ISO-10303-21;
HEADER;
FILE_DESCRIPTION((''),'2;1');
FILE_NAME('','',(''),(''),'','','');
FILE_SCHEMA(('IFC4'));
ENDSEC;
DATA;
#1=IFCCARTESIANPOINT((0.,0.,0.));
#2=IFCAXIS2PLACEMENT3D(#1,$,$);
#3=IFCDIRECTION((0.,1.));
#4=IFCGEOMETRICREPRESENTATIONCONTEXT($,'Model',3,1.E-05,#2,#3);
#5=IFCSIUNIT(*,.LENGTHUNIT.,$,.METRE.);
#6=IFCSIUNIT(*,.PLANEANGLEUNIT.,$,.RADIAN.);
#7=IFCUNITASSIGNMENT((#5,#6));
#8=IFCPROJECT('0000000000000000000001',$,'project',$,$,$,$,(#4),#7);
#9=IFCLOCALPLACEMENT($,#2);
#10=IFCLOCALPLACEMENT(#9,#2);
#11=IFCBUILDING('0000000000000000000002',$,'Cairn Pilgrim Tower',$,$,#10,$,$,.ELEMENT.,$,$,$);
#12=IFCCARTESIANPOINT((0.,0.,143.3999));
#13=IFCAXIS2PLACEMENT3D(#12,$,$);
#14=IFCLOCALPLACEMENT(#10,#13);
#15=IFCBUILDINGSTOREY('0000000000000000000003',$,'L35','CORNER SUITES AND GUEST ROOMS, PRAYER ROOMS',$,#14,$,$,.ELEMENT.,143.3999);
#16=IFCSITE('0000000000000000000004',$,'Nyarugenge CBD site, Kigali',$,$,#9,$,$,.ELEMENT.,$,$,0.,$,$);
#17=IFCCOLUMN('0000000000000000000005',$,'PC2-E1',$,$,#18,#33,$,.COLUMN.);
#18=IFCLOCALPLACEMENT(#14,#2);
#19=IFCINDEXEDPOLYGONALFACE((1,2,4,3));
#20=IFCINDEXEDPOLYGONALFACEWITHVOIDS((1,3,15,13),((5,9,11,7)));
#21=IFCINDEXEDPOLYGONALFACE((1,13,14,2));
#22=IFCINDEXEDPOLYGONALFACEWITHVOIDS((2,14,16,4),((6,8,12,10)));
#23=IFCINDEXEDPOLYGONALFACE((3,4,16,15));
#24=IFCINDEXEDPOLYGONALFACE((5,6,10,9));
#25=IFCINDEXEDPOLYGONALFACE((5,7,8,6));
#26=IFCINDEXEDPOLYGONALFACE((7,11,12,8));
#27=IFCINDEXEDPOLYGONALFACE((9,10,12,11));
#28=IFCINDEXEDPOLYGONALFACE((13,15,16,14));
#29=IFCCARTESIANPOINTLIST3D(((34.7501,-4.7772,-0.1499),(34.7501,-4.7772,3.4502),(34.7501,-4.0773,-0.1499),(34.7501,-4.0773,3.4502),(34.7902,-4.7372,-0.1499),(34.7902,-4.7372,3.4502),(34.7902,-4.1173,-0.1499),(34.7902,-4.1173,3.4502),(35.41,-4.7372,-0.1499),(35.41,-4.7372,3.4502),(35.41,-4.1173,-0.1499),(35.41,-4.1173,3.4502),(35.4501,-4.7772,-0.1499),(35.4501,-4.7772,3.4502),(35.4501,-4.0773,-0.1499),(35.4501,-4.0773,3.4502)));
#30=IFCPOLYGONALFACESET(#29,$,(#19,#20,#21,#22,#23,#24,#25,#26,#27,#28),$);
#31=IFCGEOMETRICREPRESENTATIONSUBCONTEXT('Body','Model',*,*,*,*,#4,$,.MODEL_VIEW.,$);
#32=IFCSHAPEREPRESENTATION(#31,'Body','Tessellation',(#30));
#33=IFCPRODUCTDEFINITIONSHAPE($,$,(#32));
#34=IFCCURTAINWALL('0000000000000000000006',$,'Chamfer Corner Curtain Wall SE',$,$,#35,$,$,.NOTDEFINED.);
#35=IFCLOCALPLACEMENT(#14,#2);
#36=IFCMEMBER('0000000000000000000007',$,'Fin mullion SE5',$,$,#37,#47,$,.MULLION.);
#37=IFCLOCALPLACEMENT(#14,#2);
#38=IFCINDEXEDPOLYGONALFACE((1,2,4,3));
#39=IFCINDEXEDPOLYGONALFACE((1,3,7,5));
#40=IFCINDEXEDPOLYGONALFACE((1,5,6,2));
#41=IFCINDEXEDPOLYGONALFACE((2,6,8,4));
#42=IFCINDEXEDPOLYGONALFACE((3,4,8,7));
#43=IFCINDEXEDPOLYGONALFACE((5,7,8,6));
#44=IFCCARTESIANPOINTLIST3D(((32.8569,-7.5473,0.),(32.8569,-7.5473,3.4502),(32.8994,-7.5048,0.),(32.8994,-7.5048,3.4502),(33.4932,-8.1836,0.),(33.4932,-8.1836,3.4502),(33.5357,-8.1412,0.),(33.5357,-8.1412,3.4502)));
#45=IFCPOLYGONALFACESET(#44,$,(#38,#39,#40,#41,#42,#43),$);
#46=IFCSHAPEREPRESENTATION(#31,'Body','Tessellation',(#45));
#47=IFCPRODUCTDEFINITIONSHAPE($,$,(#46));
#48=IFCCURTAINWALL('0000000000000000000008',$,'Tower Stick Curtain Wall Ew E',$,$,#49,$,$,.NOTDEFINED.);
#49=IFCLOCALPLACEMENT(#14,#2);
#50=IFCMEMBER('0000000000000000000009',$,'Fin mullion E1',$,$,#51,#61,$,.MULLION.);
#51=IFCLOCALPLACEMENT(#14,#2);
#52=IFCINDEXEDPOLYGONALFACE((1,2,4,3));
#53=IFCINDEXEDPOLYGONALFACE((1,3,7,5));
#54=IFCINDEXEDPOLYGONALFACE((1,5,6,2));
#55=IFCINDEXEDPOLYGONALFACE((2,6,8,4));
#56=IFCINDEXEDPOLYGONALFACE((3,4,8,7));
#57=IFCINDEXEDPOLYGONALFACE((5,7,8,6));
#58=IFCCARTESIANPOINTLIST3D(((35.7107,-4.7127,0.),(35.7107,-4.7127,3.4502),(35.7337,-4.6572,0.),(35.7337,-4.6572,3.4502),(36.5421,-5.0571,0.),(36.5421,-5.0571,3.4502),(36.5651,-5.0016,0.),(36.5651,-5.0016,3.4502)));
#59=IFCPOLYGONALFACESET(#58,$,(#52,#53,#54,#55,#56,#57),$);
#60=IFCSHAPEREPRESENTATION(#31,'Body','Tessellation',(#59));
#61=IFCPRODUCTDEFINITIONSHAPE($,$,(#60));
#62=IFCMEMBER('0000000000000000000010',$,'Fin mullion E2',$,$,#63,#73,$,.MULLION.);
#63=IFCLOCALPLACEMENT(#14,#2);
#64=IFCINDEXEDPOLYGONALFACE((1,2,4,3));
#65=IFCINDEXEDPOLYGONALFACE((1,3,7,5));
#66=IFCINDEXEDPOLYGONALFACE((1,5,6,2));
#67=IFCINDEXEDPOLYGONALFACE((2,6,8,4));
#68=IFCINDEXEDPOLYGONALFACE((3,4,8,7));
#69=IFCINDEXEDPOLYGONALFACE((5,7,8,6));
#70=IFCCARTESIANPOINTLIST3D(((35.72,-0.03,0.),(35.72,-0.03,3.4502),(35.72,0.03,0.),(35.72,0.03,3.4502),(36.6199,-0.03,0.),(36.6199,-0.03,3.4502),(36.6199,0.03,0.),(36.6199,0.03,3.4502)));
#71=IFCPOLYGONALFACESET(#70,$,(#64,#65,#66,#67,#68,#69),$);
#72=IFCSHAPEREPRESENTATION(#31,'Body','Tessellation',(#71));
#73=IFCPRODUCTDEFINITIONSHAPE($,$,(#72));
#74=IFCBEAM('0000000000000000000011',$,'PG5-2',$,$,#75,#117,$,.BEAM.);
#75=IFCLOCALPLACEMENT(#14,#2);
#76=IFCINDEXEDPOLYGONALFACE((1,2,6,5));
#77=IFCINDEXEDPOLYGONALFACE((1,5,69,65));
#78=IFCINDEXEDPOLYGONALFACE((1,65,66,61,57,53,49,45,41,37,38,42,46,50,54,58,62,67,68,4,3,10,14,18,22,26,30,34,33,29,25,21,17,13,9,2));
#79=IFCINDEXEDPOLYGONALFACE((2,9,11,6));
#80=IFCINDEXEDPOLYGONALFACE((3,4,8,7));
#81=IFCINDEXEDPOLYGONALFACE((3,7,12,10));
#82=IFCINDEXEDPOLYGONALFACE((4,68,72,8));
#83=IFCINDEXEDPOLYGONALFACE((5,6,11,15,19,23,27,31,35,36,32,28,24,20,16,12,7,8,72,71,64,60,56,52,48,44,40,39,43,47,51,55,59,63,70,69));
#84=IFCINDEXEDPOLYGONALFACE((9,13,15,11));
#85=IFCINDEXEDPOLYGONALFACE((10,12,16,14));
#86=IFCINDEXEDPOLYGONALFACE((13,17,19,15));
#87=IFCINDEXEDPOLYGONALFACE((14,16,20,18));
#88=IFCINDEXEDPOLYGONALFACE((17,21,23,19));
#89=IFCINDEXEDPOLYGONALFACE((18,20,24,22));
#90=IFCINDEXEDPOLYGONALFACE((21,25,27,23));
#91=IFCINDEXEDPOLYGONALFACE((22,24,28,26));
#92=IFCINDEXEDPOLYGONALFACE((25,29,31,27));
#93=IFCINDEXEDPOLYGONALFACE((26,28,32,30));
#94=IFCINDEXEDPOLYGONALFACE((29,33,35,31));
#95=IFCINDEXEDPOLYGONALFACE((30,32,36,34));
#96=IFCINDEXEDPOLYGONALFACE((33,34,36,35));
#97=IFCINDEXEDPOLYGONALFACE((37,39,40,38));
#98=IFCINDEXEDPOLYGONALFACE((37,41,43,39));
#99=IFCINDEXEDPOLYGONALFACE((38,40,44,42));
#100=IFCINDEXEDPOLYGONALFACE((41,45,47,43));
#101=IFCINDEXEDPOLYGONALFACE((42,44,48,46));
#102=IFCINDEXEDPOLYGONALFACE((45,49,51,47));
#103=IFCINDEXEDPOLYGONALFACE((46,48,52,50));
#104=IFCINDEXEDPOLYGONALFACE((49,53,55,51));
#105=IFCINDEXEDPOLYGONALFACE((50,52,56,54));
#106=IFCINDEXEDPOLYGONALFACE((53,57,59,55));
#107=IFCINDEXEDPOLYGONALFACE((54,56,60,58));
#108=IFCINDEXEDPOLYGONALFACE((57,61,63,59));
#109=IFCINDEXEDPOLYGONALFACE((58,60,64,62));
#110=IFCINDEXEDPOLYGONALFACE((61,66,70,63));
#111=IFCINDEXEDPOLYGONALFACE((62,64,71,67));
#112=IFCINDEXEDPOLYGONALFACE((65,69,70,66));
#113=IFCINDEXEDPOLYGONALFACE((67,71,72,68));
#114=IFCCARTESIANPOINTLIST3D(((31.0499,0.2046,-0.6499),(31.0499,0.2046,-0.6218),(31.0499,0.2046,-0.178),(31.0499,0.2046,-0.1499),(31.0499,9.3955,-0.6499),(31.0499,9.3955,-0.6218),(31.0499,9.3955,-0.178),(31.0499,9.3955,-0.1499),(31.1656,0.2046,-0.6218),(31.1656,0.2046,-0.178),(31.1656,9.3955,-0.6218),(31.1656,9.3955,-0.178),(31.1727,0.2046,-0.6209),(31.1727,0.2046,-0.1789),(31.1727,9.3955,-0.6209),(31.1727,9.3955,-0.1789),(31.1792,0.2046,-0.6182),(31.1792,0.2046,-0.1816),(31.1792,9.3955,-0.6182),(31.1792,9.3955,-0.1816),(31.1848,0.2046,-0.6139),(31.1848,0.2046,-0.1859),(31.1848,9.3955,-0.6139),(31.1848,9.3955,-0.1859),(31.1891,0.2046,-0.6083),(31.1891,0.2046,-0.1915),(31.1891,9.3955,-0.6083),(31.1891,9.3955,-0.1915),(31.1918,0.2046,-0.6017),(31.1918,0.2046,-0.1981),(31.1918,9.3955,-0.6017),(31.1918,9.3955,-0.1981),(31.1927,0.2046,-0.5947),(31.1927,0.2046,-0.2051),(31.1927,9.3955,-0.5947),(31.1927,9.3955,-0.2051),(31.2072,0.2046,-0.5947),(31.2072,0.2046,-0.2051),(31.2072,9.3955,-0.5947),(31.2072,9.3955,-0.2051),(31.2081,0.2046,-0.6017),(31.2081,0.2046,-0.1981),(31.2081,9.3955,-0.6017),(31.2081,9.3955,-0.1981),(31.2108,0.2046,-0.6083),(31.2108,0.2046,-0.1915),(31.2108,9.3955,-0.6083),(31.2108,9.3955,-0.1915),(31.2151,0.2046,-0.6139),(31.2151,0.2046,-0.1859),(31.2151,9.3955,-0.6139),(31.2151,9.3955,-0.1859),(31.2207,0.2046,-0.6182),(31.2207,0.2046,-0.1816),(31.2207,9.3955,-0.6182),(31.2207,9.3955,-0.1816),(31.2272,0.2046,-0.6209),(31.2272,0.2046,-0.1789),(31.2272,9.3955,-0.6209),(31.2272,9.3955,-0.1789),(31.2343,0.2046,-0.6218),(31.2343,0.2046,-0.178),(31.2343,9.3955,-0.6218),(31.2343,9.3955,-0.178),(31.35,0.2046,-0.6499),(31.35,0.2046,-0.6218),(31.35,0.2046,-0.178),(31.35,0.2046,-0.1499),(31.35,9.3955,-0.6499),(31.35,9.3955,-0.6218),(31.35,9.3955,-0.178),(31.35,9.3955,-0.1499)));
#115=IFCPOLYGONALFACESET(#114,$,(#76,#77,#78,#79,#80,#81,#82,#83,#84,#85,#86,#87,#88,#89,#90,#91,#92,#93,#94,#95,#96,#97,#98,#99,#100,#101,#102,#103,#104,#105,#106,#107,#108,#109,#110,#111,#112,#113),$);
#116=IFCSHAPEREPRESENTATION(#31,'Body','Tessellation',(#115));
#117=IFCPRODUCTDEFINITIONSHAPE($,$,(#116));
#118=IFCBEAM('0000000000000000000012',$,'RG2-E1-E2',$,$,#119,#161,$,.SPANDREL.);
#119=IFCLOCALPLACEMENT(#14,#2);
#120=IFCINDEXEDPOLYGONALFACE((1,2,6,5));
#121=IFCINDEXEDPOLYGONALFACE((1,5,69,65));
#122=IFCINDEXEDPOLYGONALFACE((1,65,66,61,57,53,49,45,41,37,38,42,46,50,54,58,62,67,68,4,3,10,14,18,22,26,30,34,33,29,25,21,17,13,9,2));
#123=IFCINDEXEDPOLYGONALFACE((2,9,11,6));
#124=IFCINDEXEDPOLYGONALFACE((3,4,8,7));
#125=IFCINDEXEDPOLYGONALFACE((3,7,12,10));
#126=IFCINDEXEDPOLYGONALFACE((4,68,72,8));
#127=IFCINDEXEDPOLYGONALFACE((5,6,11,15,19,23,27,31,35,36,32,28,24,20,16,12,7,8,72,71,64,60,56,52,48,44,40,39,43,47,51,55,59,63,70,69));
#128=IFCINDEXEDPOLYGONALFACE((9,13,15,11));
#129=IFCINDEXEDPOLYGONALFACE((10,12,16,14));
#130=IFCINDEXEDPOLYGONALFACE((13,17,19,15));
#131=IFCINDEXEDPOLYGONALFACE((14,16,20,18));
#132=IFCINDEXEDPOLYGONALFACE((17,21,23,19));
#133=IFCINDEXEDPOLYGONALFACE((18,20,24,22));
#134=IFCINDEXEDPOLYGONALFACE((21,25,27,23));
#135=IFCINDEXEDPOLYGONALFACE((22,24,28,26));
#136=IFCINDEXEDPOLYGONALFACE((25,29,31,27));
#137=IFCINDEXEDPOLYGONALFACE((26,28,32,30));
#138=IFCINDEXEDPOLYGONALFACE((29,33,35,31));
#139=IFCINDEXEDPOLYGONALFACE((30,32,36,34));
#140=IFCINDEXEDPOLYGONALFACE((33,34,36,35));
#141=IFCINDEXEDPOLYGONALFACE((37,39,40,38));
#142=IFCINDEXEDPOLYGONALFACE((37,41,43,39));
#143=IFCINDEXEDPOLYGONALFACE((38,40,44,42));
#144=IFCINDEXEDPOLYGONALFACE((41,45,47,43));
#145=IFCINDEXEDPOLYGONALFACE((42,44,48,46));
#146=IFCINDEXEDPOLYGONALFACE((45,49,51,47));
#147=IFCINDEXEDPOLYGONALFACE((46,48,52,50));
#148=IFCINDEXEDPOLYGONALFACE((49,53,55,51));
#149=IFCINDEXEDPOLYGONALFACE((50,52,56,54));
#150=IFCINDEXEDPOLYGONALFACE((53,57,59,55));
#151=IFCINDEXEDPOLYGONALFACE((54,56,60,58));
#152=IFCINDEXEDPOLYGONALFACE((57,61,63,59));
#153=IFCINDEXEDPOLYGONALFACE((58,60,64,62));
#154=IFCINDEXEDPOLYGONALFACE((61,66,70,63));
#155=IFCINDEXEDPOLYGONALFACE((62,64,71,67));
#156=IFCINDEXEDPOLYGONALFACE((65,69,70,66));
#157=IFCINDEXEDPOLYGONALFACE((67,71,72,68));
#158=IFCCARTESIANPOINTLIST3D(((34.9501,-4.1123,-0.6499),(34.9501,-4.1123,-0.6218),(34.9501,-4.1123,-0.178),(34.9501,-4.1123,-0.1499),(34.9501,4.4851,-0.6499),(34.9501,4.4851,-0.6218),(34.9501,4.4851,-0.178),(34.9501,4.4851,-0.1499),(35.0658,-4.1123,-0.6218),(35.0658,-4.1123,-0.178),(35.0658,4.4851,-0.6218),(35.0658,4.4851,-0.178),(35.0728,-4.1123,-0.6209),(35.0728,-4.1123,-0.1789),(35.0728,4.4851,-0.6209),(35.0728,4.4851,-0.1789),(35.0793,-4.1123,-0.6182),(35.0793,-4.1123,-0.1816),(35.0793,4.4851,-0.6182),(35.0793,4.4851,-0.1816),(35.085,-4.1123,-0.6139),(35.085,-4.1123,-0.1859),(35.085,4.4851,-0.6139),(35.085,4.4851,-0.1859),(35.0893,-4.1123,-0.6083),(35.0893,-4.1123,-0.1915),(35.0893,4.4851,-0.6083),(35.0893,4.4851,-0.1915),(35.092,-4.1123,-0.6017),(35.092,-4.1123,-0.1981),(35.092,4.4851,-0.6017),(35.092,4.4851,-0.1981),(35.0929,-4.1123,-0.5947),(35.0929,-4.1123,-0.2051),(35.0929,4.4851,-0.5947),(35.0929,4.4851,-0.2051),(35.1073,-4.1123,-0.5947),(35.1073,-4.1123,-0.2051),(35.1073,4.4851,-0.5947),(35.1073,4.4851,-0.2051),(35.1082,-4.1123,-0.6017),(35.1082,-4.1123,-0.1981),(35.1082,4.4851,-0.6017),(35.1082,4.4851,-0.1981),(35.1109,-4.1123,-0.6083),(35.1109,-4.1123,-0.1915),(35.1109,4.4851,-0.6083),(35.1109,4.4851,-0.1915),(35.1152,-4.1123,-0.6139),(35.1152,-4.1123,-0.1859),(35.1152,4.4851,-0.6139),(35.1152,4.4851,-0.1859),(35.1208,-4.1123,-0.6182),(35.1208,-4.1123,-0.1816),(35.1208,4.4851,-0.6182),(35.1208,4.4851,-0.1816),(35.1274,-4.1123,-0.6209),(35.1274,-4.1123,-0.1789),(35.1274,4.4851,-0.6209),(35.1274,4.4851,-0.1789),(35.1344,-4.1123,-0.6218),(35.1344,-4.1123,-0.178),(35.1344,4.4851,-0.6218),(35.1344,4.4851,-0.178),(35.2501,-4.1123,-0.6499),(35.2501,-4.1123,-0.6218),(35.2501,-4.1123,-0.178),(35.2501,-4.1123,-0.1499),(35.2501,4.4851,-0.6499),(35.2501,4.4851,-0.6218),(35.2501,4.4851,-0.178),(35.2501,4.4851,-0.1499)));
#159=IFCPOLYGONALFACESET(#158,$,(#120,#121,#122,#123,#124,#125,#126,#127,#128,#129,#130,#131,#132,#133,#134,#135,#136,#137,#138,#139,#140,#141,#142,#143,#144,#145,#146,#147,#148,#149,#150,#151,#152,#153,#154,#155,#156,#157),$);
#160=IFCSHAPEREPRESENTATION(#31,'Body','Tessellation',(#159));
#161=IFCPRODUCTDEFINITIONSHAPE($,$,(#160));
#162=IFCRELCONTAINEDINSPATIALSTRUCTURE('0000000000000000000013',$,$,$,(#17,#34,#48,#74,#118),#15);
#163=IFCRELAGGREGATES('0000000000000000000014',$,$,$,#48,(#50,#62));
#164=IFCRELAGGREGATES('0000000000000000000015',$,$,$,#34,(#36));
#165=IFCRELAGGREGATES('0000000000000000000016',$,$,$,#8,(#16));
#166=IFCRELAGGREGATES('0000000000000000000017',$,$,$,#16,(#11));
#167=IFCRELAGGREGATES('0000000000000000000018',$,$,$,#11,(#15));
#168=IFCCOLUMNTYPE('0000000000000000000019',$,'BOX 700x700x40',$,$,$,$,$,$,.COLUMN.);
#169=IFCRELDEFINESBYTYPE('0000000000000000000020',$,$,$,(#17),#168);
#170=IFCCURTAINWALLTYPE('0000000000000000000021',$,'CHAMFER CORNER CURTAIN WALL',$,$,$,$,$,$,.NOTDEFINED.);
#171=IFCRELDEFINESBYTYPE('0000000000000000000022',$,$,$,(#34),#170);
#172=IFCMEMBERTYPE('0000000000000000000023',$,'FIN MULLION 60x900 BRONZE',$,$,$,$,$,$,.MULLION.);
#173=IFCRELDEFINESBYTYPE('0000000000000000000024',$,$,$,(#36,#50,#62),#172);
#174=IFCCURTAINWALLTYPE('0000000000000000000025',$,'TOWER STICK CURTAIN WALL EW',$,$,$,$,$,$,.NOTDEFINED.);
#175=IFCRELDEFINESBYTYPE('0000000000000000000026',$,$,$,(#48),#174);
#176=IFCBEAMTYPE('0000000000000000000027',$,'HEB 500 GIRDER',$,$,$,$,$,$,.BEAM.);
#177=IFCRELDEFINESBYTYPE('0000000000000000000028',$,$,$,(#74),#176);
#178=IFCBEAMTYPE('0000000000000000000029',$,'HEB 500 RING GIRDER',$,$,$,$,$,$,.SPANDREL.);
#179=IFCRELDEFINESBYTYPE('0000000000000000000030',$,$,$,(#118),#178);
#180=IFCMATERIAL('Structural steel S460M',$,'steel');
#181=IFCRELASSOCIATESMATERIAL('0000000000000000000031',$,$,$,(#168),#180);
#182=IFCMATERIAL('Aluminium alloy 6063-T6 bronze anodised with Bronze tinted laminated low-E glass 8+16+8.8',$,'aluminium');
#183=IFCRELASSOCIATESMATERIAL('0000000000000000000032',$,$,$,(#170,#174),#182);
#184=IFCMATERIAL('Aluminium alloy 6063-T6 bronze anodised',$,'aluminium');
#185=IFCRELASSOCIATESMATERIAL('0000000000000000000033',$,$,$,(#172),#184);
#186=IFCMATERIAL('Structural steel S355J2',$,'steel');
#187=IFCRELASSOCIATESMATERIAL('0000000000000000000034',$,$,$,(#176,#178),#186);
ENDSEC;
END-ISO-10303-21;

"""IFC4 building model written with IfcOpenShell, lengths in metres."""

from ifc_helpers import new_model, si_unit, direction, frame, origin, origin_2d, place, context, subcontext, project, spatial, rectangle, hollow_rectangle, i_section, extrude, material, material_profile, profile_set, type_object, element, aggregate, save


model = new_model("IFC4")

# Units and contexts
model_context = context("Model", 3, precision=1e-05, world=origin(), true_north=direction((0.0, 1.0)))
body_context = subcontext(model_context, "Body", "Model", "MODEL_VIEW")
ifc_project = project(units=[si_unit("LENGTHUNIT", "METRE"), si_unit("PLANEANGLEUNIT", "RADIAN")], contexts=[model_context])

# Site, building, storey
site_placement = place(None, origin())
site = spatial("IfcSite", under=ifc_project, at=site_placement, Name="Nyarugenge CBD site, Kigali", CompositionType="ELEMENT", RefElevation=0.0)
building_placement = place(site_placement, origin())
building = spatial("IfcBuilding", under=site, at=building_placement, Name="Cairn Pilgrim Tower", CompositionType="ELEMENT")
storey_placement = place(building_placement, frame((0.0, 0.0, 143.3999)))
storey = spatial("IfcBuildingStorey", under=building, at=storey_placement, Name="L35", Description="CORNER SUITES AND GUEST ROOMS, PRAYER ROOMS", CompositionType="ELEMENT", Elevation=143.3999)

# Column
ifc_material_1 = material(Name="Structural steel S460M", Category="steel")
ifc_material_profile_1 = material_profile(ifc_material_1, hollow_rectangle(XDim=0.7, YDim=0.7, WallThickness=0.04, at=origin_2d()), Name="BOX 700x700x40")
ifc_profile_set_1 = profile_set([ifc_material_profile_1], Name="Structural steel S460M")
column_type = type_object("IfcColumnType", Name="BOX 700x700x40", PredefinedType="COLUMN", material=ifc_profile_set_1)
column_placement = place(storey_placement, frame((35.1001, -4.4272, -0.1499), z_axis=(0.0, 0.0, 1.0), x_axis=(1.0, 0.0, 0.0)))
element("IfcColumn", 1, at=column_placement, inside=storey, type_object=column_type, Name="PC2-E1", PredefinedType="COLUMN", context=body_context, shape_type="SweptSolid", body=[
    extrude(hollow_rectangle(XDim=0.7, YDim=0.7, WallThickness=0.04, at=origin_2d()), origin(), (0.0, 0.0, 1.0), 3.6001),
])

# Curtain wall, member
ifc_material_2 = material(Name="Aluminium alloy 6063-T6 bronze anodised with Bronze tinted laminated low-E glass 8+16+8.8", Category="aluminium")
curtain_wall_type_1 = type_object("IfcCurtainWallType", Name="CHAMFER CORNER CURTAIN WALL", PredefinedType="NOTDEFINED", material=ifc_material_2)
curtain_wall_1_placement = place(storey_placement, origin())
curtain_wall_1 = element("IfcCurtainWall", 2, at=curtain_wall_1_placement, inside=storey, type_object=curtain_wall_type_1, Name="Chamfer Corner Curtain Wall SE", PredefinedType="NOTDEFINED")
ifc_material_3 = material(Name="Aluminium alloy 6063-T6 bronze anodised", Category="aluminium")
ifc_material_profile_2 = material_profile(ifc_material_3, rectangle(XDim=0.8999, YDim=0.0601, at=origin_2d()), Name="FIN MULLION 60x900 BRONZE")
ifc_profile_set_2 = profile_set([ifc_material_profile_2], Name="Aluminium alloy 6063-T6 bronze anodised")
member_type_1 = type_object("IfcMemberType", Name="FIN MULLION 60x900 BRONZE", PredefinedType="MULLION", material=ifc_profile_set_2)
member_1_placement = place(storey_placement, frame((33.1963, -7.8442, 0.0), z_axis=(0.0, 0.0, 1.0), x_axis=(0.707107, -0.707107, 0.0)))
member_1 = element("IfcMember", 3, at=member_1_placement, type_object=member_type_1, Name="Fin mullion SE5", PredefinedType="MULLION", context=body_context, shape_type="SweptSolid", body=[
    extrude(rectangle(XDim=0.8999, YDim=0.0601, at=origin_2d()), origin(), (0.0, 0.0, 1.0), 3.4502),
])

# Curtain wall, members
curtain_wall_type_2 = type_object("IfcCurtainWallType", Name="TOWER STICK CURTAIN WALL EW", PredefinedType="NOTDEFINED", material=ifc_material_2)
curtain_wall_2_placement = place(storey_placement, origin())
curtain_wall_2 = element("IfcCurtainWall", 4, at=curtain_wall_2_placement, inside=storey, type_object=curtain_wall_type_2, Name="Tower Stick Curtain Wall Ew E", PredefinedType="NOTDEFINED")
member_2_placement = place(storey_placement, frame((36.1379, -4.8572, 0.0), z_axis=(0.0, 0.0, 1.0), x_axis=(0.92388, -0.382683, 0.0)))
member_2 = element("IfcMember", 5, at=member_2_placement, type_object=member_type_1, Name="Fin mullion E1", PredefinedType="MULLION", context=body_context, shape_type="SweptSolid", body=[
    extrude(rectangle(XDim=0.8999, YDim=0.0601, at=origin_2d()), origin(), (0.0, 0.0, 1.0), 3.4502),
])
member_3_placement = place(storey_placement, frame((36.1699, 0.0, 0.0), z_axis=(0.0, 0.0, 1.0), x_axis=(1.0, 0.0, 0.0)))
member_3 = element("IfcMember", 6, at=member_3_placement, type_object=member_type_1, Name="Fin mullion E2", PredefinedType="MULLION", context=body_context, shape_type="SweptSolid", body=[
    extrude(rectangle(XDim=0.8999, YDim=0.0601, at=origin_2d()), origin(), (0.0, 0.0, 1.0), 3.4502),
])
aggregate(curtain_wall_2, [member_2, member_3])

# Beams
ifc_material_4 = material(Name="Structural steel S355J2", Category="steel")
ifc_material_profile_3 = material_profile(ifc_material_4, i_section(OverallWidth=0.3, OverallDepth=0.5, WebThickness=0.0144, FlangeThickness=0.0281, FilletRadius=0.0271, at=origin_2d()), Name="HEB 500")
ifc_profile_set_3 = profile_set([ifc_material_profile_3], Name="Structural steel S355J2")
beam_type_1 = type_object("IfcBeamType", Name="HEB 500 GIRDER", PredefinedType="BEAM", material=ifc_profile_set_3)
beam_1_placement = place(storey_placement, frame((31.2, 0.2046, -0.3999), z_axis=(0.0, 1.0, 0.0), x_axis=(-1.0, 0.0, 0.0)))
element("IfcBeam", 7, at=beam_1_placement, inside=storey, type_object=beam_type_1, Name="PG5-2", PredefinedType="BEAM", context=body_context, shape_type="SweptSolid", body=[
    extrude(i_section(OverallWidth=0.3, OverallDepth=0.5, WebThickness=0.0144, FlangeThickness=0.0281, FilletRadius=0.0271, at=origin_2d()), origin(), (0.0, 0.0, 1.0), 9.1909),
])
ifc_material_profile_4 = material_profile(ifc_material_4, i_section(OverallWidth=0.3, OverallDepth=0.5, WebThickness=0.0144, FlangeThickness=0.0281, FilletRadius=0.0271, at=origin_2d()), Name="HEB 500")
ifc_profile_set_4 = profile_set([ifc_material_profile_4], Name="Structural steel S355J2")
beam_type_2 = type_object("IfcBeamType", Name="HEB 500 RING GIRDER", PredefinedType="SPANDREL", material=ifc_profile_set_4)
beam_2_placement = place(storey_placement, frame((35.1001, -4.1123, -0.3999), z_axis=(0.0, 1.0, 0.0), x_axis=(-1.0, 0.0, 0.0)))
element("IfcBeam", 8, at=beam_2_placement, inside=storey, type_object=beam_type_2, Name="RG2-E1-E2", PredefinedType="SPANDREL", context=body_context, shape_type="SweptSolid", body=[
    extrude(i_section(OverallWidth=0.3, OverallDepth=0.5, WebThickness=0.0144, FlangeThickness=0.0281, FilletRadius=0.0271, at=origin_2d()), origin(), (0.0, 0.0, 1.0), 8.5974),
])

aggregate(curtain_wall_1, [member_1])

save(model, "model.ifc")
